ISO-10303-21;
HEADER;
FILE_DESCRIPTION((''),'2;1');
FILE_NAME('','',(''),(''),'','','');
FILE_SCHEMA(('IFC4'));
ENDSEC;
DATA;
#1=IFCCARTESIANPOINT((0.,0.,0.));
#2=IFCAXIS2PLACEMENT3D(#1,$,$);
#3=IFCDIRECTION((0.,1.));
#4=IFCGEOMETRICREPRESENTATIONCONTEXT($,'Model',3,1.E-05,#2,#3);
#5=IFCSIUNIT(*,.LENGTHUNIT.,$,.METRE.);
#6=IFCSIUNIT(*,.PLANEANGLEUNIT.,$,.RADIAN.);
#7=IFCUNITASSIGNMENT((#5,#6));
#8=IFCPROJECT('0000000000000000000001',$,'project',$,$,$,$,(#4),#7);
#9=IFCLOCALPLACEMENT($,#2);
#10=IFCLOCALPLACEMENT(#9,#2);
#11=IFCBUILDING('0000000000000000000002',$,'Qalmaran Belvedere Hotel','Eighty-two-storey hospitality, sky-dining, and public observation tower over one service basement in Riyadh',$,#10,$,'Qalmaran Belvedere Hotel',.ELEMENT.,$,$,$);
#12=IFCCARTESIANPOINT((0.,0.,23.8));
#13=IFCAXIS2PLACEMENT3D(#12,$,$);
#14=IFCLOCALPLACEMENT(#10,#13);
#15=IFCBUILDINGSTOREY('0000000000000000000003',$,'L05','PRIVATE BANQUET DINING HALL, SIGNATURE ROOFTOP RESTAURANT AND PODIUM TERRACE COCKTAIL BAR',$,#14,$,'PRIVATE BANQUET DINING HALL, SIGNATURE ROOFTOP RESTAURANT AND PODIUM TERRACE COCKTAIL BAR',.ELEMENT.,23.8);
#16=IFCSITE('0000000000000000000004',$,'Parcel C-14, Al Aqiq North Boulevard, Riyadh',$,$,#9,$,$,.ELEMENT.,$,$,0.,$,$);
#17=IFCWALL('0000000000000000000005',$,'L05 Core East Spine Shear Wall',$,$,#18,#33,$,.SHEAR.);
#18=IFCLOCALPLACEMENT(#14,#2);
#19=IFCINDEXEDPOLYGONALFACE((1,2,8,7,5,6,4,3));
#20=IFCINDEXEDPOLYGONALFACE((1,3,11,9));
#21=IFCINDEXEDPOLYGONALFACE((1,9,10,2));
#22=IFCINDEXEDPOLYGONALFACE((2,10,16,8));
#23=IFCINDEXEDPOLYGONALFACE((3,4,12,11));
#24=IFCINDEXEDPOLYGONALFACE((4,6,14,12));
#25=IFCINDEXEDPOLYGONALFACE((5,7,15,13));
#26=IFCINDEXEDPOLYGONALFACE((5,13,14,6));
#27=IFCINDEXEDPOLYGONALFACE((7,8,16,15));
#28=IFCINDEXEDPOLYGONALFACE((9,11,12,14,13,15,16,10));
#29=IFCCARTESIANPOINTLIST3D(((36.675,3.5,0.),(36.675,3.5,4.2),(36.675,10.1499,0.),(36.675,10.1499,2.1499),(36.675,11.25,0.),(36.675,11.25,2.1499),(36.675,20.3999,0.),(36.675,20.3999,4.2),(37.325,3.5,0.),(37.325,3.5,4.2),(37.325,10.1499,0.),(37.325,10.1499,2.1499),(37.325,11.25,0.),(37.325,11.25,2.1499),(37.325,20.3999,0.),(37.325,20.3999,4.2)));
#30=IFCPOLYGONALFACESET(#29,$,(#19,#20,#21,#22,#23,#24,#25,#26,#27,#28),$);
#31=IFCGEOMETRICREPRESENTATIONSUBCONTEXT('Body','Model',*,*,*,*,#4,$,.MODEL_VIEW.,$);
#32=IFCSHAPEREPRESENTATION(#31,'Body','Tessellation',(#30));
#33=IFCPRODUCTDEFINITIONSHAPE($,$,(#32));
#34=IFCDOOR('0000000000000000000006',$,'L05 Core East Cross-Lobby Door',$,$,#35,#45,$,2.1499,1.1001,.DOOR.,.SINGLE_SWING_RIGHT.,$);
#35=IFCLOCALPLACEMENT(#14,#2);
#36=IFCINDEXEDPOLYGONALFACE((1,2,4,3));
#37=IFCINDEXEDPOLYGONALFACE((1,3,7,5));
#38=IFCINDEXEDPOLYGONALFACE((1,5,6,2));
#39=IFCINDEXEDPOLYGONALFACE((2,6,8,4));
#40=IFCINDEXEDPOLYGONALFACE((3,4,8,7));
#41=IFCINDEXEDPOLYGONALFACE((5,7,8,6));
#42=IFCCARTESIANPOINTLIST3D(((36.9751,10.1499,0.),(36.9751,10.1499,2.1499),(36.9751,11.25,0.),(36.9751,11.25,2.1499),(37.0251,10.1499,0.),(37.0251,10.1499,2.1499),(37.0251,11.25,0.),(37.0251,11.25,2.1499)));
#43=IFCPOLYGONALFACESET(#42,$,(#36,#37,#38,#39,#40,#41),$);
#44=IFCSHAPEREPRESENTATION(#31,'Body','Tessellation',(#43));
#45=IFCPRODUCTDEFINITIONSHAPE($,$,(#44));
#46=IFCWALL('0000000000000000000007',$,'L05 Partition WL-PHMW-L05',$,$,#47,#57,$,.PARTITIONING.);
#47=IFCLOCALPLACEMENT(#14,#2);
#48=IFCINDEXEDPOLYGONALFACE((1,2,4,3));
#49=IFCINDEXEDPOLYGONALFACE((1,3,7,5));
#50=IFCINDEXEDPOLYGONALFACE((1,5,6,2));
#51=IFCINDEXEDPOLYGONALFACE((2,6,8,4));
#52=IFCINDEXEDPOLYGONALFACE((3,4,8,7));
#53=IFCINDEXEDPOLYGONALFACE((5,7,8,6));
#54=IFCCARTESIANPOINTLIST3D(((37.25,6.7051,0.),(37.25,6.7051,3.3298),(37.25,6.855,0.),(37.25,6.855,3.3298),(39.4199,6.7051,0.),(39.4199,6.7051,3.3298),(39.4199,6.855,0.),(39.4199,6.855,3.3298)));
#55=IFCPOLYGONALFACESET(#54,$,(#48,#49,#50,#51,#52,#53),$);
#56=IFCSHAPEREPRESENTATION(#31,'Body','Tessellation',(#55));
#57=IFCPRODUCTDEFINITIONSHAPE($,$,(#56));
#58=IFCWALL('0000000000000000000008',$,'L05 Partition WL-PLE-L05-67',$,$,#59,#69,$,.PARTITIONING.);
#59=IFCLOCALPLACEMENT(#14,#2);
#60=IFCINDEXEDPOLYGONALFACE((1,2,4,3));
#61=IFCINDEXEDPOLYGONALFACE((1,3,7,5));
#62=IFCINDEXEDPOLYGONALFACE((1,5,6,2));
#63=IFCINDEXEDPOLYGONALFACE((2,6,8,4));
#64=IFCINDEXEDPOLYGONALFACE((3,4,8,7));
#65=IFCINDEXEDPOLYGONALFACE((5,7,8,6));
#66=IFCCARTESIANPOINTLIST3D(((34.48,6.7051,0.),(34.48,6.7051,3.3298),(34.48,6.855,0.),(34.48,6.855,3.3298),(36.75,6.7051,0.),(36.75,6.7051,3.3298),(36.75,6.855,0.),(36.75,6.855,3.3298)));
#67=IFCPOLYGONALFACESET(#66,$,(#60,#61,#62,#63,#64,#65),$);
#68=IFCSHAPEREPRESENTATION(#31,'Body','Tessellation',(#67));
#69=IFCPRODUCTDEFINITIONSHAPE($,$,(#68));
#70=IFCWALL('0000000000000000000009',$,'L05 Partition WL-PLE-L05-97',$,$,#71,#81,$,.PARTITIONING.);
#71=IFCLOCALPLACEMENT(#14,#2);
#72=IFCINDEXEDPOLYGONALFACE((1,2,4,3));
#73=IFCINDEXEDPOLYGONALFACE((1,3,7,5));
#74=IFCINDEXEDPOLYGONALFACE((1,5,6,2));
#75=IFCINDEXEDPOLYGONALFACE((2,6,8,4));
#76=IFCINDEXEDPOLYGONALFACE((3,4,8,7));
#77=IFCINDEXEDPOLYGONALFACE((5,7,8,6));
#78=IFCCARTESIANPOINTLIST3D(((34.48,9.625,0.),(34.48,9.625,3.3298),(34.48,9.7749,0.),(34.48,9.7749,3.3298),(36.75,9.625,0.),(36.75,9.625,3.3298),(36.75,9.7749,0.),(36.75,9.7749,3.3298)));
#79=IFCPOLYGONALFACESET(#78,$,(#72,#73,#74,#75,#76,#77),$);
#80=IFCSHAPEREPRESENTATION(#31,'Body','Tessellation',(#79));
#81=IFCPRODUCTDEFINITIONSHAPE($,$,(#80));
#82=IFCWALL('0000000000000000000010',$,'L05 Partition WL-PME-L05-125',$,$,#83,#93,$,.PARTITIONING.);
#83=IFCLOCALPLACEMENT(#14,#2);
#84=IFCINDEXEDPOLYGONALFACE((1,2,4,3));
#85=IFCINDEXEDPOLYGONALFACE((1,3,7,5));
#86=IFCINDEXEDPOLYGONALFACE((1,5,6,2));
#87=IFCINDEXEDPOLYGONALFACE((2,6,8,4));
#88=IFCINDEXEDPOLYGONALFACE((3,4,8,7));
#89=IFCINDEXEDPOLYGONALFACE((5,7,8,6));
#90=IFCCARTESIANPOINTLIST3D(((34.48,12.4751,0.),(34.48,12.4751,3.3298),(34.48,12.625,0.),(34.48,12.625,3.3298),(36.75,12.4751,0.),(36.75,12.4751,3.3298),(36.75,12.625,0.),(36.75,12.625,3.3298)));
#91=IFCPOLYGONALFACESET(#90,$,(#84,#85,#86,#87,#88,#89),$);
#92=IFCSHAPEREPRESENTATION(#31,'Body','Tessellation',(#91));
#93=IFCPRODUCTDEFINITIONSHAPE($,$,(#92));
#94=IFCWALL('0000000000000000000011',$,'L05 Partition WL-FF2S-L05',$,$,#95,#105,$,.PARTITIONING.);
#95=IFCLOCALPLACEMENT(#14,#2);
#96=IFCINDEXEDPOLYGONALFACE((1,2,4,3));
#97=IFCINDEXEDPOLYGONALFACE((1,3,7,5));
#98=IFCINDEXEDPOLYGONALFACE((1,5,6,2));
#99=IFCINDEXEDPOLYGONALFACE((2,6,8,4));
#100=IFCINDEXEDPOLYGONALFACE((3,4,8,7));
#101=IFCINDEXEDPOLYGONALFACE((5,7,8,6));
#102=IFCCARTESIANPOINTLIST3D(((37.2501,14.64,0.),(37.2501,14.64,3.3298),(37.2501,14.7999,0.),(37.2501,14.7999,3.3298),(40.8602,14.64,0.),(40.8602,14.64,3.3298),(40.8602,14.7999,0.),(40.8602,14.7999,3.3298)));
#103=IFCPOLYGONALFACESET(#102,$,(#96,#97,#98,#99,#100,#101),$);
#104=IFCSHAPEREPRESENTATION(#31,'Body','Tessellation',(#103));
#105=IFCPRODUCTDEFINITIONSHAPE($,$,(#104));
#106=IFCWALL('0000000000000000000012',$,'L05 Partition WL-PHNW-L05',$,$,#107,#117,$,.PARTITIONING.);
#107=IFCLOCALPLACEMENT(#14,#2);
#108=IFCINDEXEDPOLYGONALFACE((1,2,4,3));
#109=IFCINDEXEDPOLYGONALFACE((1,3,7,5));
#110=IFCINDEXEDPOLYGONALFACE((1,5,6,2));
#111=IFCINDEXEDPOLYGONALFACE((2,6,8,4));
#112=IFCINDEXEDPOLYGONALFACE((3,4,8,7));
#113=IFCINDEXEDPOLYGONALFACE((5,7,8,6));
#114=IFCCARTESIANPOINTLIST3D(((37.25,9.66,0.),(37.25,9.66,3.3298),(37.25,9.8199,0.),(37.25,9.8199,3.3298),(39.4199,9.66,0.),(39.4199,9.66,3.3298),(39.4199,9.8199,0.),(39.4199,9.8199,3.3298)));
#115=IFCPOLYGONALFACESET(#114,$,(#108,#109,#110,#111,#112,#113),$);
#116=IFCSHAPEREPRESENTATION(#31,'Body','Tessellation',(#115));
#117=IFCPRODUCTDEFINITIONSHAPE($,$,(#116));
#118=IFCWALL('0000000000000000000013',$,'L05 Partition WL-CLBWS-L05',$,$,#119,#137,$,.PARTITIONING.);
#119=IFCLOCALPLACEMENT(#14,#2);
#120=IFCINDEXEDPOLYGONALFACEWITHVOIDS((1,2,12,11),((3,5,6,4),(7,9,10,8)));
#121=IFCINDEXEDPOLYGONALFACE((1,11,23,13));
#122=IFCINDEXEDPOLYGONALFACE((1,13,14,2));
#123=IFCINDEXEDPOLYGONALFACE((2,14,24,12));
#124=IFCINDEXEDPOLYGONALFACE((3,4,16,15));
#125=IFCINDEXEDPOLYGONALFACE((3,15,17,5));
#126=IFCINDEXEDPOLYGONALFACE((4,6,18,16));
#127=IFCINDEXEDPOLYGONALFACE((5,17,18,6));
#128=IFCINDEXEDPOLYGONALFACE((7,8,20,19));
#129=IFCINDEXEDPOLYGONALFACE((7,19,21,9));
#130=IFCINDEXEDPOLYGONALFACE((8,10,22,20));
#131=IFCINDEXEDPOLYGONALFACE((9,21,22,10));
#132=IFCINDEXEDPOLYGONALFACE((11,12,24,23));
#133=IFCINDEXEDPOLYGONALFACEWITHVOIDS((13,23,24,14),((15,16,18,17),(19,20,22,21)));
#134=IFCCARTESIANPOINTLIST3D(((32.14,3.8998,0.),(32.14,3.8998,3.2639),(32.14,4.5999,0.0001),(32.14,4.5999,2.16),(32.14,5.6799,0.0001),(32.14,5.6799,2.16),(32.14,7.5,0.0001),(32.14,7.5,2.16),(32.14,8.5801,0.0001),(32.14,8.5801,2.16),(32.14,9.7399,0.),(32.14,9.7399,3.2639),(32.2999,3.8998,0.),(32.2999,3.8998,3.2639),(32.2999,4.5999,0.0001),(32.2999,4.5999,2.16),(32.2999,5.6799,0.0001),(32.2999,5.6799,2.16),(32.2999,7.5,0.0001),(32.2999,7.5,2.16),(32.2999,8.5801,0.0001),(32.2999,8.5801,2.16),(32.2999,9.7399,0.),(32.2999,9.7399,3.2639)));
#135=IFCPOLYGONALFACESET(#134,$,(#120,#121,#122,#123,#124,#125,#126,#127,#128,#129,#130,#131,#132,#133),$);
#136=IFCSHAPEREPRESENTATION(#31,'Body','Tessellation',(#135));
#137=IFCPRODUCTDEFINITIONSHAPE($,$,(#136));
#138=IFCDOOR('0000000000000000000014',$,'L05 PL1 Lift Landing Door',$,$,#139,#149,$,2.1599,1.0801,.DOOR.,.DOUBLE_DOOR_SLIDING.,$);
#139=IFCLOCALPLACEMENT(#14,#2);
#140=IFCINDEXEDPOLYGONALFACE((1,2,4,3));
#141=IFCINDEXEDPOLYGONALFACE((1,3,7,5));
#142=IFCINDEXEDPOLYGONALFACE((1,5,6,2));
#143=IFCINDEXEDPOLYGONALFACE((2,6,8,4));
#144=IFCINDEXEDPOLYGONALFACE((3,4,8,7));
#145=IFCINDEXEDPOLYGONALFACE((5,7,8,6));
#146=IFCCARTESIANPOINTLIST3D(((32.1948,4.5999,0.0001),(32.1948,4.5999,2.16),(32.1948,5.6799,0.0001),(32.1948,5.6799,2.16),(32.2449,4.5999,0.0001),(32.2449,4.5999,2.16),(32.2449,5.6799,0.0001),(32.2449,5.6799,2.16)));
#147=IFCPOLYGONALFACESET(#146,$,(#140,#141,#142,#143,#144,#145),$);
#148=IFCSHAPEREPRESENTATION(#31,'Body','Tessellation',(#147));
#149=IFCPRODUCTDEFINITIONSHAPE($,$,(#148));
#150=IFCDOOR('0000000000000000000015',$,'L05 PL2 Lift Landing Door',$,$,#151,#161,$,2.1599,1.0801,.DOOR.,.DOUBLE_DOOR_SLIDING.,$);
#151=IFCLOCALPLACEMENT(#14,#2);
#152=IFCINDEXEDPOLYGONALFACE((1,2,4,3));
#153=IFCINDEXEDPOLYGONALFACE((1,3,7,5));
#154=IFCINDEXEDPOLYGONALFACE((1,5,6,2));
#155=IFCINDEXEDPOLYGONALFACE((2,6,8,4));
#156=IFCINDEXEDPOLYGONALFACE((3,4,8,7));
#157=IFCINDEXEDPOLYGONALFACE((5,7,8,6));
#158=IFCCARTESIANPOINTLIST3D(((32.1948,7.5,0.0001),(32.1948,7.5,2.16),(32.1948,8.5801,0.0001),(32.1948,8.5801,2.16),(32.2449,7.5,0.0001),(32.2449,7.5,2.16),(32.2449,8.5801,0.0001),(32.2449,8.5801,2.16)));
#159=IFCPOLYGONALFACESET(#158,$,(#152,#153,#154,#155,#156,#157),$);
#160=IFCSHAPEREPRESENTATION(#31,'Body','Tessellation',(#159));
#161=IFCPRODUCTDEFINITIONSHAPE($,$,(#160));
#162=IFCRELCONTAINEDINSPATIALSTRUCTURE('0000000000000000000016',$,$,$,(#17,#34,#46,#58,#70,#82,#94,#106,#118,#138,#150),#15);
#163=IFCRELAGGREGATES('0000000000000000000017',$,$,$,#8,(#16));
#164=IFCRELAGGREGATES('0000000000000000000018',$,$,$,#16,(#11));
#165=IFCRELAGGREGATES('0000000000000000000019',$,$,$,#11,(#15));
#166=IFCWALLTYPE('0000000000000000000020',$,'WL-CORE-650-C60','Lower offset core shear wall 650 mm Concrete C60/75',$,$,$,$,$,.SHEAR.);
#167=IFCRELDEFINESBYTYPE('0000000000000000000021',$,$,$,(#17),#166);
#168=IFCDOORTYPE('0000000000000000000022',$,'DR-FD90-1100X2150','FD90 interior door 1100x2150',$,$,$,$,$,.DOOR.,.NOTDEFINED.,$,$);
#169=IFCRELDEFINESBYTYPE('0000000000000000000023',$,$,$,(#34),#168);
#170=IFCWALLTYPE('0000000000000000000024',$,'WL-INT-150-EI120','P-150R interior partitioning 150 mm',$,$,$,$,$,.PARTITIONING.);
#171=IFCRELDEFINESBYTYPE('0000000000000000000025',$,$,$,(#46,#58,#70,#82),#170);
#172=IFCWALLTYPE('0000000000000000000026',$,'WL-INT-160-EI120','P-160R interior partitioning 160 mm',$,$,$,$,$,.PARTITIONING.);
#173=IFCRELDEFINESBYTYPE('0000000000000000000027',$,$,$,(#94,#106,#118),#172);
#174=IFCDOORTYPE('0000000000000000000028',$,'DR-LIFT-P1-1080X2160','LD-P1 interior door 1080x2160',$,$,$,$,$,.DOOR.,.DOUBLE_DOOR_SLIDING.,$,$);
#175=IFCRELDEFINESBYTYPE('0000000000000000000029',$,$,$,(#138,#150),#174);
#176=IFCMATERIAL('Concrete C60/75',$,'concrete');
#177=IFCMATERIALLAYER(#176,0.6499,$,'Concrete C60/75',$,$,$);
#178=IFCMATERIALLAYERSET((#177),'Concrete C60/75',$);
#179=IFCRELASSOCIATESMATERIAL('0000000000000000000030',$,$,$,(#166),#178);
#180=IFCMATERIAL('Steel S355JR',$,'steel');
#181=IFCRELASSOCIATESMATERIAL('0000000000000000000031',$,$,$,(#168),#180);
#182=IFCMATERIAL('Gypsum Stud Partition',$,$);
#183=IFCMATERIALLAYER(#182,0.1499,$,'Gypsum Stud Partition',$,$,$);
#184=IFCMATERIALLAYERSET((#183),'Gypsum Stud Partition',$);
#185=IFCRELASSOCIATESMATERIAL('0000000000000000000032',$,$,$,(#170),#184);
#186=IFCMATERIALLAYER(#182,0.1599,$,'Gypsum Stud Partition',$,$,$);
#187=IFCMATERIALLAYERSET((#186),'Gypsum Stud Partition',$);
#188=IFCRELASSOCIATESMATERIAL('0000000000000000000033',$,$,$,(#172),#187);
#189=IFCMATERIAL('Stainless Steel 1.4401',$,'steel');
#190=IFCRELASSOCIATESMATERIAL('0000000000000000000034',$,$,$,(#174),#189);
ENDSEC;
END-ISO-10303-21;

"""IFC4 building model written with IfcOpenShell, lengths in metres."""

from ifc_helpers import new_model, si_unit, direction, frame, frame_2d, origin, place, context, subcontext, project, spatial, rectangle, extrude, material, layer, layer_set, type_object, element, fill, save


model = new_model("IFC4")

# Units and contexts
model_context = context("Model", 3, precision=1e-05, world=origin(), true_north=direction((0.0, 1.0)))
body_context = subcontext(model_context, "Body", "Model", "MODEL_VIEW")
ifc_project = project(units=[si_unit("LENGTHUNIT", "METRE"), si_unit("PLANEANGLEUNIT", "RADIAN")], contexts=[model_context])

# Site, building, storey
site_placement = place(None, origin())
site = spatial("IfcSite", under=ifc_project, at=site_placement, Name="Parcel C-14, Al Aqiq North Boulevard, Riyadh", CompositionType="ELEMENT", RefElevation=0.0)
building_placement = place(site_placement, origin())
building = spatial("IfcBuilding", under=site, at=building_placement, Name="Qalmaran Belvedere Hotel", Description="Eighty-two-storey hospitality, sky-dining, and public observation tower over one service basement in Riyadh", LongName="Qalmaran Belvedere Hotel", CompositionType="ELEMENT")
storey_placement = place(building_placement, frame((0.0, 0.0, 23.8)))
storey = spatial("IfcBuildingStorey", under=building, at=storey_placement, Name="L05", Description="PRIVATE BANQUET DINING HALL, SIGNATURE ROOFTOP RESTAURANT AND PODIUM TERRACE COCKTAIL BAR", LongName="PRIVATE BANQUET DINING HALL, SIGNATURE ROOFTOP RESTAURANT AND PODIUM TERRACE COCKTAIL BAR", CompositionType="ELEMENT", Elevation=23.8)

# Shared definitions
ifc_material_1 = material(Name="Concrete C60/75", Category="concrete")

# Shared definitions
ifc_material_2 = material(Name="Steel S355JR", Category="steel")

# Wall, opening, door
ifc_layer_1 = layer(ifc_material_1, 0.6499, Name="Concrete C60/75")
ifc_layer_set_1 = layer_set([ifc_layer_1], Name="Concrete C60/75")
wall_type_1 = type_object("IfcWallType", Name="WL-CORE-650-C60", Description="Lower offset core shear wall 650 mm Concrete C60/75", PredefinedType="SHEAR", material=ifc_layer_set_1)
wall_1_placement = place(storey_placement, frame((37.0, 3.5, 0.0), z_axis=(0.0, 0.0, 1.0), x_axis=(0.0, 1.0, 0.0)))
wall_1 = element("IfcWall", 1, at=wall_1_placement, inside=storey, type_object=wall_type_1, Name="L05 Core East Spine Shear Wall", PredefinedType="SHEAR", context=body_context, shape_type="SweptSolid", body=[
    extrude(rectangle(XDim=16.8999, YDim=0.6499, at=frame_2d((8.45, 0.0))), origin(), (0.0, 0.0, 1.0), 4.2),
])
opening_1_placement = place(wall_1_placement, frame((6.6499, 0.0, 0.0)))
opening_1 = element("IfcOpeningElement", 2, at=opening_1_placement, cuts=wall_1, PredefinedType="OPENING", context=body_context, shape_type="SweptSolid", body=[
    extrude(rectangle(XDim=1.1001, YDim=2.1499, at=frame_2d((0.55, 1.075))), frame((0.0, 0.335, 0.0), z_axis=(0.0, -1.0, 0.0), x_axis=(1.0, 0.0, 0.0)), (0.0, 0.0, 1.0), 0.6699),
])
door_type_1 = type_object("IfcDoorType", Name="DR-FD90-1100X2150", Description="FD90 interior door 1100x2150", OperationType="NOTDEFINED", PredefinedType="DOOR", material=ifc_material_2)
door_1_placement = place(opening_1_placement, origin())
door_1 = element("IfcDoor", 3, at=door_1_placement, inside=storey, type_object=door_type_1, Name="L05 Core East Cross-Lobby Door", OperationType="SINGLE_SWING_RIGHT", OverallHeight=2.1499, OverallWidth=1.1001, PredefinedType="DOOR", context=body_context, shape_type="SweptSolid", body=[
    extrude(rectangle(XDim=1.1001, YDim=2.1499, at=frame_2d((0.55, 1.075))), frame((0.0, 0.0249, 0.0), z_axis=(0.0, -1.0, 0.0), x_axis=(1.0, 0.0, 0.0)), (0.0, 0.0, 1.0), 0.05),
])
fill(opening_1, door_1)

# Walls
ifc_material_3 = material(Name="Gypsum Stud Partition")
ifc_layer_2 = layer(ifc_material_3, 0.1499, Name="Gypsum Stud Partition")
ifc_layer_set_2 = layer_set([ifc_layer_2], Name="Gypsum Stud Partition")
wall_type_2 = type_object("IfcWallType", Name="WL-INT-150-EI120", Description="P-150R interior partitioning 150 mm", PredefinedType="PARTITIONING", material=ifc_layer_set_2)
wall_2_placement = place(storey_placement, frame((37.25, 6.78, 0.0), z_axis=(0.0, 0.0, 1.0), x_axis=(1.0, 0.0, 0.0)))
element("IfcWall", 4, at=wall_2_placement, inside=storey, type_object=wall_type_2, Name="L05 Partition WL-PHMW-L05", PredefinedType="PARTITIONING", context=body_context, shape_type="SweptSolid", body=[
    extrude(rectangle(XDim=2.1699, YDim=0.1499, at=frame_2d((1.085, 0.0))), origin(), (0.0, 0.0, 1.0), 3.3298),
])
for number, where, z_axis, x_axis, name in (
    (5, (34.48, 6.78, 0.0), (0.0, 0.0, 1.0), (1.0, 0.0, 0.0), "L05 Partition WL-PLE-L05-67"),
    (6, (34.48, 9.7, 0.0), (0.0, 0.0, 1.0), (1.0, 0.0, 0.0), "L05 Partition WL-PLE-L05-97"),
    (7, (34.48, 12.55, 0.0), (0.0, 0.0, 1.0), (1.0, 0.0, 0.0), "L05 Partition WL-PME-L05-125"),
):
    element("IfcWall", number, at=place(storey_placement, frame(where, z_axis=z_axis, x_axis=x_axis)), inside=storey, type_object=wall_type_2, Name=name, PredefinedType="PARTITIONING", context=body_context, shape_type="SweptSolid", body=[
        extrude(rectangle(XDim=2.27, YDim=0.1499, at=frame_2d((1.135, 0.0))), origin(), (0.0, 0.0, 1.0), 3.3298),
    ])
ifc_layer_3 = layer(ifc_material_3, 0.1599, Name="Gypsum Stud Partition")
ifc_layer_set_3 = layer_set([ifc_layer_3], Name="Gypsum Stud Partition")
wall_type_3 = type_object("IfcWallType", Name="WL-INT-160-EI120", Description="P-160R interior partitioning 160 mm", PredefinedType="PARTITIONING", material=ifc_layer_set_3)
wall_3_placement = place(storey_placement, frame((37.25, 14.72, 0.0), z_axis=(0.0, 0.0, 1.0), x_axis=(1.0, 0.0, 0.0)))
element("IfcWall", 8, at=wall_3_placement, inside=storey, type_object=wall_type_3, Name="L05 Partition WL-FF2S-L05", PredefinedType="PARTITIONING", context=body_context, shape_type="SweptSolid", body=[
    extrude(rectangle(XDim=3.6101, YDim=0.1599, at=frame_2d((1.8052, 0.0))), origin(), (0.0, 0.0, 1.0), 3.3298),
])
wall_4_placement = place(storey_placement, frame((37.25, 9.74, 0.0), z_axis=(0.0, 0.0, 1.0), x_axis=(1.0, 0.0, 0.0)))
element("IfcWall", 9, at=wall_4_placement, inside=storey, type_object=wall_type_3, Name="L05 Partition WL-PHNW-L05", PredefinedType="PARTITIONING", context=body_context, shape_type="SweptSolid", body=[
    extrude(rectangle(XDim=2.1699, YDim=0.1599, at=frame_2d((1.085, 0.0))), origin(), (0.0, 0.0, 1.0), 3.3298),
])

# Wall, openings, doors
wall_5_placement = place(storey_placement, frame((32.22, 3.8999, 0.0), z_axis=(0.0, 0.0, 1.0), x_axis=(0.0, 1.0, 0.0)))
wall_5 = element("IfcWall", 10, at=wall_5_placement, inside=storey, type_object=wall_type_3, Name="L05 Partition WL-CLBWS-L05", PredefinedType="PARTITIONING", context=body_context, shape_type="SweptSolid", body=[
    extrude(rectangle(XDim=5.8401, YDim=0.1599, at=frame_2d((2.9199, 0.0))), origin(), (0.0, 0.0, 1.0), 3.2639),
])
opening_2_placement = place(wall_5_placement, frame((1.78, 0.0, 0.0), z_axis=(0.0, 0.0, 1.0), x_axis=(-1.0, 0.0, 0.0)))
opening_2 = element("IfcOpeningElement", 11, at=opening_2_placement, cuts=wall_5, PredefinedType="OPENING", context=body_context, shape_type="SweptSolid", body=[
    extrude(rectangle(XDim=1.0801, YDim=2.1599, at=frame_2d((0.54, 1.0801))), frame((0.0, 0.0898, 0.0), z_axis=(0.0, -1.0, 0.0), x_axis=(1.0, 0.0, 0.0)), (0.0, 0.0, 1.0), 0.1799),
])
opening_3_placement = place(wall_5_placement, frame((4.6802, 0.0, 0.0), z_axis=(0.0, 0.0, 1.0), x_axis=(-1.0, 0.0, 0.0)))
opening_3 = element("IfcOpeningElement", 12, at=opening_3_placement, cuts=wall_5, PredefinedType="OPENING", context=body_context, shape_type="SweptSolid", body=[
    extrude(rectangle(XDim=1.0801, YDim=2.1599, at=frame_2d((0.54, 1.0801))), frame((0.0, 0.0898, 0.0), z_axis=(0.0, -1.0, 0.0), x_axis=(1.0, 0.0, 0.0)), (0.0, 0.0, 1.0), 0.1799),
])
ifc_material_4 = material(Name="Stainless Steel 1.4401", Category="steel")
door_type_2 = type_object("IfcDoorType", Name="DR-LIFT-P1-1080X2160", Description="LD-P1 interior door 1080x2160", OperationType="DOUBLE_DOOR_SLIDING", PredefinedType="DOOR", material=ifc_material_4)
door_2_placement = place(opening_2_placement, origin())
door_2 = element("IfcDoor", 13, at=door_2_placement, inside=storey, type_object=door_type_2, Name="L05 PL1 Lift Landing Door", OperationType="DOUBLE_DOOR_SLIDING", OverallHeight=2.1599, OverallWidth=1.0801, PredefinedType="DOOR", context=body_context, shape_type="SweptSolid", body=[
    extrude(rectangle(XDim=1.0801, YDim=2.1599, at=frame_2d((0.54, 1.0801))), frame((0.0, 0.0249, 0.0), z_axis=(0.0, -1.0, 0.0), x_axis=(1.0, 0.0, 0.0)), (0.0, 0.0, 1.0), 0.05),
])
fill(opening_2, door_2)
door_3_placement = place(opening_3_placement, origin())
door_3 = element("IfcDoor", 14, at=door_3_placement, inside=storey, type_object=door_type_2, Name="L05 PL2 Lift Landing Door", OperationType="DOUBLE_DOOR_SLIDING", OverallHeight=2.1599, OverallWidth=1.0801, PredefinedType="DOOR", context=body_context, shape_type="SweptSolid", body=[
    extrude(rectangle(XDim=1.0801, YDim=2.1599, at=frame_2d((0.54, 1.0801))), frame((0.0, 0.0249, 0.0), z_axis=(0.0, -1.0, 0.0), x_axis=(1.0, 0.0, 0.0)), (0.0, 0.0, 1.0), 0.05),
])
fill(opening_3, door_3)

save(model, "model.ifc")
